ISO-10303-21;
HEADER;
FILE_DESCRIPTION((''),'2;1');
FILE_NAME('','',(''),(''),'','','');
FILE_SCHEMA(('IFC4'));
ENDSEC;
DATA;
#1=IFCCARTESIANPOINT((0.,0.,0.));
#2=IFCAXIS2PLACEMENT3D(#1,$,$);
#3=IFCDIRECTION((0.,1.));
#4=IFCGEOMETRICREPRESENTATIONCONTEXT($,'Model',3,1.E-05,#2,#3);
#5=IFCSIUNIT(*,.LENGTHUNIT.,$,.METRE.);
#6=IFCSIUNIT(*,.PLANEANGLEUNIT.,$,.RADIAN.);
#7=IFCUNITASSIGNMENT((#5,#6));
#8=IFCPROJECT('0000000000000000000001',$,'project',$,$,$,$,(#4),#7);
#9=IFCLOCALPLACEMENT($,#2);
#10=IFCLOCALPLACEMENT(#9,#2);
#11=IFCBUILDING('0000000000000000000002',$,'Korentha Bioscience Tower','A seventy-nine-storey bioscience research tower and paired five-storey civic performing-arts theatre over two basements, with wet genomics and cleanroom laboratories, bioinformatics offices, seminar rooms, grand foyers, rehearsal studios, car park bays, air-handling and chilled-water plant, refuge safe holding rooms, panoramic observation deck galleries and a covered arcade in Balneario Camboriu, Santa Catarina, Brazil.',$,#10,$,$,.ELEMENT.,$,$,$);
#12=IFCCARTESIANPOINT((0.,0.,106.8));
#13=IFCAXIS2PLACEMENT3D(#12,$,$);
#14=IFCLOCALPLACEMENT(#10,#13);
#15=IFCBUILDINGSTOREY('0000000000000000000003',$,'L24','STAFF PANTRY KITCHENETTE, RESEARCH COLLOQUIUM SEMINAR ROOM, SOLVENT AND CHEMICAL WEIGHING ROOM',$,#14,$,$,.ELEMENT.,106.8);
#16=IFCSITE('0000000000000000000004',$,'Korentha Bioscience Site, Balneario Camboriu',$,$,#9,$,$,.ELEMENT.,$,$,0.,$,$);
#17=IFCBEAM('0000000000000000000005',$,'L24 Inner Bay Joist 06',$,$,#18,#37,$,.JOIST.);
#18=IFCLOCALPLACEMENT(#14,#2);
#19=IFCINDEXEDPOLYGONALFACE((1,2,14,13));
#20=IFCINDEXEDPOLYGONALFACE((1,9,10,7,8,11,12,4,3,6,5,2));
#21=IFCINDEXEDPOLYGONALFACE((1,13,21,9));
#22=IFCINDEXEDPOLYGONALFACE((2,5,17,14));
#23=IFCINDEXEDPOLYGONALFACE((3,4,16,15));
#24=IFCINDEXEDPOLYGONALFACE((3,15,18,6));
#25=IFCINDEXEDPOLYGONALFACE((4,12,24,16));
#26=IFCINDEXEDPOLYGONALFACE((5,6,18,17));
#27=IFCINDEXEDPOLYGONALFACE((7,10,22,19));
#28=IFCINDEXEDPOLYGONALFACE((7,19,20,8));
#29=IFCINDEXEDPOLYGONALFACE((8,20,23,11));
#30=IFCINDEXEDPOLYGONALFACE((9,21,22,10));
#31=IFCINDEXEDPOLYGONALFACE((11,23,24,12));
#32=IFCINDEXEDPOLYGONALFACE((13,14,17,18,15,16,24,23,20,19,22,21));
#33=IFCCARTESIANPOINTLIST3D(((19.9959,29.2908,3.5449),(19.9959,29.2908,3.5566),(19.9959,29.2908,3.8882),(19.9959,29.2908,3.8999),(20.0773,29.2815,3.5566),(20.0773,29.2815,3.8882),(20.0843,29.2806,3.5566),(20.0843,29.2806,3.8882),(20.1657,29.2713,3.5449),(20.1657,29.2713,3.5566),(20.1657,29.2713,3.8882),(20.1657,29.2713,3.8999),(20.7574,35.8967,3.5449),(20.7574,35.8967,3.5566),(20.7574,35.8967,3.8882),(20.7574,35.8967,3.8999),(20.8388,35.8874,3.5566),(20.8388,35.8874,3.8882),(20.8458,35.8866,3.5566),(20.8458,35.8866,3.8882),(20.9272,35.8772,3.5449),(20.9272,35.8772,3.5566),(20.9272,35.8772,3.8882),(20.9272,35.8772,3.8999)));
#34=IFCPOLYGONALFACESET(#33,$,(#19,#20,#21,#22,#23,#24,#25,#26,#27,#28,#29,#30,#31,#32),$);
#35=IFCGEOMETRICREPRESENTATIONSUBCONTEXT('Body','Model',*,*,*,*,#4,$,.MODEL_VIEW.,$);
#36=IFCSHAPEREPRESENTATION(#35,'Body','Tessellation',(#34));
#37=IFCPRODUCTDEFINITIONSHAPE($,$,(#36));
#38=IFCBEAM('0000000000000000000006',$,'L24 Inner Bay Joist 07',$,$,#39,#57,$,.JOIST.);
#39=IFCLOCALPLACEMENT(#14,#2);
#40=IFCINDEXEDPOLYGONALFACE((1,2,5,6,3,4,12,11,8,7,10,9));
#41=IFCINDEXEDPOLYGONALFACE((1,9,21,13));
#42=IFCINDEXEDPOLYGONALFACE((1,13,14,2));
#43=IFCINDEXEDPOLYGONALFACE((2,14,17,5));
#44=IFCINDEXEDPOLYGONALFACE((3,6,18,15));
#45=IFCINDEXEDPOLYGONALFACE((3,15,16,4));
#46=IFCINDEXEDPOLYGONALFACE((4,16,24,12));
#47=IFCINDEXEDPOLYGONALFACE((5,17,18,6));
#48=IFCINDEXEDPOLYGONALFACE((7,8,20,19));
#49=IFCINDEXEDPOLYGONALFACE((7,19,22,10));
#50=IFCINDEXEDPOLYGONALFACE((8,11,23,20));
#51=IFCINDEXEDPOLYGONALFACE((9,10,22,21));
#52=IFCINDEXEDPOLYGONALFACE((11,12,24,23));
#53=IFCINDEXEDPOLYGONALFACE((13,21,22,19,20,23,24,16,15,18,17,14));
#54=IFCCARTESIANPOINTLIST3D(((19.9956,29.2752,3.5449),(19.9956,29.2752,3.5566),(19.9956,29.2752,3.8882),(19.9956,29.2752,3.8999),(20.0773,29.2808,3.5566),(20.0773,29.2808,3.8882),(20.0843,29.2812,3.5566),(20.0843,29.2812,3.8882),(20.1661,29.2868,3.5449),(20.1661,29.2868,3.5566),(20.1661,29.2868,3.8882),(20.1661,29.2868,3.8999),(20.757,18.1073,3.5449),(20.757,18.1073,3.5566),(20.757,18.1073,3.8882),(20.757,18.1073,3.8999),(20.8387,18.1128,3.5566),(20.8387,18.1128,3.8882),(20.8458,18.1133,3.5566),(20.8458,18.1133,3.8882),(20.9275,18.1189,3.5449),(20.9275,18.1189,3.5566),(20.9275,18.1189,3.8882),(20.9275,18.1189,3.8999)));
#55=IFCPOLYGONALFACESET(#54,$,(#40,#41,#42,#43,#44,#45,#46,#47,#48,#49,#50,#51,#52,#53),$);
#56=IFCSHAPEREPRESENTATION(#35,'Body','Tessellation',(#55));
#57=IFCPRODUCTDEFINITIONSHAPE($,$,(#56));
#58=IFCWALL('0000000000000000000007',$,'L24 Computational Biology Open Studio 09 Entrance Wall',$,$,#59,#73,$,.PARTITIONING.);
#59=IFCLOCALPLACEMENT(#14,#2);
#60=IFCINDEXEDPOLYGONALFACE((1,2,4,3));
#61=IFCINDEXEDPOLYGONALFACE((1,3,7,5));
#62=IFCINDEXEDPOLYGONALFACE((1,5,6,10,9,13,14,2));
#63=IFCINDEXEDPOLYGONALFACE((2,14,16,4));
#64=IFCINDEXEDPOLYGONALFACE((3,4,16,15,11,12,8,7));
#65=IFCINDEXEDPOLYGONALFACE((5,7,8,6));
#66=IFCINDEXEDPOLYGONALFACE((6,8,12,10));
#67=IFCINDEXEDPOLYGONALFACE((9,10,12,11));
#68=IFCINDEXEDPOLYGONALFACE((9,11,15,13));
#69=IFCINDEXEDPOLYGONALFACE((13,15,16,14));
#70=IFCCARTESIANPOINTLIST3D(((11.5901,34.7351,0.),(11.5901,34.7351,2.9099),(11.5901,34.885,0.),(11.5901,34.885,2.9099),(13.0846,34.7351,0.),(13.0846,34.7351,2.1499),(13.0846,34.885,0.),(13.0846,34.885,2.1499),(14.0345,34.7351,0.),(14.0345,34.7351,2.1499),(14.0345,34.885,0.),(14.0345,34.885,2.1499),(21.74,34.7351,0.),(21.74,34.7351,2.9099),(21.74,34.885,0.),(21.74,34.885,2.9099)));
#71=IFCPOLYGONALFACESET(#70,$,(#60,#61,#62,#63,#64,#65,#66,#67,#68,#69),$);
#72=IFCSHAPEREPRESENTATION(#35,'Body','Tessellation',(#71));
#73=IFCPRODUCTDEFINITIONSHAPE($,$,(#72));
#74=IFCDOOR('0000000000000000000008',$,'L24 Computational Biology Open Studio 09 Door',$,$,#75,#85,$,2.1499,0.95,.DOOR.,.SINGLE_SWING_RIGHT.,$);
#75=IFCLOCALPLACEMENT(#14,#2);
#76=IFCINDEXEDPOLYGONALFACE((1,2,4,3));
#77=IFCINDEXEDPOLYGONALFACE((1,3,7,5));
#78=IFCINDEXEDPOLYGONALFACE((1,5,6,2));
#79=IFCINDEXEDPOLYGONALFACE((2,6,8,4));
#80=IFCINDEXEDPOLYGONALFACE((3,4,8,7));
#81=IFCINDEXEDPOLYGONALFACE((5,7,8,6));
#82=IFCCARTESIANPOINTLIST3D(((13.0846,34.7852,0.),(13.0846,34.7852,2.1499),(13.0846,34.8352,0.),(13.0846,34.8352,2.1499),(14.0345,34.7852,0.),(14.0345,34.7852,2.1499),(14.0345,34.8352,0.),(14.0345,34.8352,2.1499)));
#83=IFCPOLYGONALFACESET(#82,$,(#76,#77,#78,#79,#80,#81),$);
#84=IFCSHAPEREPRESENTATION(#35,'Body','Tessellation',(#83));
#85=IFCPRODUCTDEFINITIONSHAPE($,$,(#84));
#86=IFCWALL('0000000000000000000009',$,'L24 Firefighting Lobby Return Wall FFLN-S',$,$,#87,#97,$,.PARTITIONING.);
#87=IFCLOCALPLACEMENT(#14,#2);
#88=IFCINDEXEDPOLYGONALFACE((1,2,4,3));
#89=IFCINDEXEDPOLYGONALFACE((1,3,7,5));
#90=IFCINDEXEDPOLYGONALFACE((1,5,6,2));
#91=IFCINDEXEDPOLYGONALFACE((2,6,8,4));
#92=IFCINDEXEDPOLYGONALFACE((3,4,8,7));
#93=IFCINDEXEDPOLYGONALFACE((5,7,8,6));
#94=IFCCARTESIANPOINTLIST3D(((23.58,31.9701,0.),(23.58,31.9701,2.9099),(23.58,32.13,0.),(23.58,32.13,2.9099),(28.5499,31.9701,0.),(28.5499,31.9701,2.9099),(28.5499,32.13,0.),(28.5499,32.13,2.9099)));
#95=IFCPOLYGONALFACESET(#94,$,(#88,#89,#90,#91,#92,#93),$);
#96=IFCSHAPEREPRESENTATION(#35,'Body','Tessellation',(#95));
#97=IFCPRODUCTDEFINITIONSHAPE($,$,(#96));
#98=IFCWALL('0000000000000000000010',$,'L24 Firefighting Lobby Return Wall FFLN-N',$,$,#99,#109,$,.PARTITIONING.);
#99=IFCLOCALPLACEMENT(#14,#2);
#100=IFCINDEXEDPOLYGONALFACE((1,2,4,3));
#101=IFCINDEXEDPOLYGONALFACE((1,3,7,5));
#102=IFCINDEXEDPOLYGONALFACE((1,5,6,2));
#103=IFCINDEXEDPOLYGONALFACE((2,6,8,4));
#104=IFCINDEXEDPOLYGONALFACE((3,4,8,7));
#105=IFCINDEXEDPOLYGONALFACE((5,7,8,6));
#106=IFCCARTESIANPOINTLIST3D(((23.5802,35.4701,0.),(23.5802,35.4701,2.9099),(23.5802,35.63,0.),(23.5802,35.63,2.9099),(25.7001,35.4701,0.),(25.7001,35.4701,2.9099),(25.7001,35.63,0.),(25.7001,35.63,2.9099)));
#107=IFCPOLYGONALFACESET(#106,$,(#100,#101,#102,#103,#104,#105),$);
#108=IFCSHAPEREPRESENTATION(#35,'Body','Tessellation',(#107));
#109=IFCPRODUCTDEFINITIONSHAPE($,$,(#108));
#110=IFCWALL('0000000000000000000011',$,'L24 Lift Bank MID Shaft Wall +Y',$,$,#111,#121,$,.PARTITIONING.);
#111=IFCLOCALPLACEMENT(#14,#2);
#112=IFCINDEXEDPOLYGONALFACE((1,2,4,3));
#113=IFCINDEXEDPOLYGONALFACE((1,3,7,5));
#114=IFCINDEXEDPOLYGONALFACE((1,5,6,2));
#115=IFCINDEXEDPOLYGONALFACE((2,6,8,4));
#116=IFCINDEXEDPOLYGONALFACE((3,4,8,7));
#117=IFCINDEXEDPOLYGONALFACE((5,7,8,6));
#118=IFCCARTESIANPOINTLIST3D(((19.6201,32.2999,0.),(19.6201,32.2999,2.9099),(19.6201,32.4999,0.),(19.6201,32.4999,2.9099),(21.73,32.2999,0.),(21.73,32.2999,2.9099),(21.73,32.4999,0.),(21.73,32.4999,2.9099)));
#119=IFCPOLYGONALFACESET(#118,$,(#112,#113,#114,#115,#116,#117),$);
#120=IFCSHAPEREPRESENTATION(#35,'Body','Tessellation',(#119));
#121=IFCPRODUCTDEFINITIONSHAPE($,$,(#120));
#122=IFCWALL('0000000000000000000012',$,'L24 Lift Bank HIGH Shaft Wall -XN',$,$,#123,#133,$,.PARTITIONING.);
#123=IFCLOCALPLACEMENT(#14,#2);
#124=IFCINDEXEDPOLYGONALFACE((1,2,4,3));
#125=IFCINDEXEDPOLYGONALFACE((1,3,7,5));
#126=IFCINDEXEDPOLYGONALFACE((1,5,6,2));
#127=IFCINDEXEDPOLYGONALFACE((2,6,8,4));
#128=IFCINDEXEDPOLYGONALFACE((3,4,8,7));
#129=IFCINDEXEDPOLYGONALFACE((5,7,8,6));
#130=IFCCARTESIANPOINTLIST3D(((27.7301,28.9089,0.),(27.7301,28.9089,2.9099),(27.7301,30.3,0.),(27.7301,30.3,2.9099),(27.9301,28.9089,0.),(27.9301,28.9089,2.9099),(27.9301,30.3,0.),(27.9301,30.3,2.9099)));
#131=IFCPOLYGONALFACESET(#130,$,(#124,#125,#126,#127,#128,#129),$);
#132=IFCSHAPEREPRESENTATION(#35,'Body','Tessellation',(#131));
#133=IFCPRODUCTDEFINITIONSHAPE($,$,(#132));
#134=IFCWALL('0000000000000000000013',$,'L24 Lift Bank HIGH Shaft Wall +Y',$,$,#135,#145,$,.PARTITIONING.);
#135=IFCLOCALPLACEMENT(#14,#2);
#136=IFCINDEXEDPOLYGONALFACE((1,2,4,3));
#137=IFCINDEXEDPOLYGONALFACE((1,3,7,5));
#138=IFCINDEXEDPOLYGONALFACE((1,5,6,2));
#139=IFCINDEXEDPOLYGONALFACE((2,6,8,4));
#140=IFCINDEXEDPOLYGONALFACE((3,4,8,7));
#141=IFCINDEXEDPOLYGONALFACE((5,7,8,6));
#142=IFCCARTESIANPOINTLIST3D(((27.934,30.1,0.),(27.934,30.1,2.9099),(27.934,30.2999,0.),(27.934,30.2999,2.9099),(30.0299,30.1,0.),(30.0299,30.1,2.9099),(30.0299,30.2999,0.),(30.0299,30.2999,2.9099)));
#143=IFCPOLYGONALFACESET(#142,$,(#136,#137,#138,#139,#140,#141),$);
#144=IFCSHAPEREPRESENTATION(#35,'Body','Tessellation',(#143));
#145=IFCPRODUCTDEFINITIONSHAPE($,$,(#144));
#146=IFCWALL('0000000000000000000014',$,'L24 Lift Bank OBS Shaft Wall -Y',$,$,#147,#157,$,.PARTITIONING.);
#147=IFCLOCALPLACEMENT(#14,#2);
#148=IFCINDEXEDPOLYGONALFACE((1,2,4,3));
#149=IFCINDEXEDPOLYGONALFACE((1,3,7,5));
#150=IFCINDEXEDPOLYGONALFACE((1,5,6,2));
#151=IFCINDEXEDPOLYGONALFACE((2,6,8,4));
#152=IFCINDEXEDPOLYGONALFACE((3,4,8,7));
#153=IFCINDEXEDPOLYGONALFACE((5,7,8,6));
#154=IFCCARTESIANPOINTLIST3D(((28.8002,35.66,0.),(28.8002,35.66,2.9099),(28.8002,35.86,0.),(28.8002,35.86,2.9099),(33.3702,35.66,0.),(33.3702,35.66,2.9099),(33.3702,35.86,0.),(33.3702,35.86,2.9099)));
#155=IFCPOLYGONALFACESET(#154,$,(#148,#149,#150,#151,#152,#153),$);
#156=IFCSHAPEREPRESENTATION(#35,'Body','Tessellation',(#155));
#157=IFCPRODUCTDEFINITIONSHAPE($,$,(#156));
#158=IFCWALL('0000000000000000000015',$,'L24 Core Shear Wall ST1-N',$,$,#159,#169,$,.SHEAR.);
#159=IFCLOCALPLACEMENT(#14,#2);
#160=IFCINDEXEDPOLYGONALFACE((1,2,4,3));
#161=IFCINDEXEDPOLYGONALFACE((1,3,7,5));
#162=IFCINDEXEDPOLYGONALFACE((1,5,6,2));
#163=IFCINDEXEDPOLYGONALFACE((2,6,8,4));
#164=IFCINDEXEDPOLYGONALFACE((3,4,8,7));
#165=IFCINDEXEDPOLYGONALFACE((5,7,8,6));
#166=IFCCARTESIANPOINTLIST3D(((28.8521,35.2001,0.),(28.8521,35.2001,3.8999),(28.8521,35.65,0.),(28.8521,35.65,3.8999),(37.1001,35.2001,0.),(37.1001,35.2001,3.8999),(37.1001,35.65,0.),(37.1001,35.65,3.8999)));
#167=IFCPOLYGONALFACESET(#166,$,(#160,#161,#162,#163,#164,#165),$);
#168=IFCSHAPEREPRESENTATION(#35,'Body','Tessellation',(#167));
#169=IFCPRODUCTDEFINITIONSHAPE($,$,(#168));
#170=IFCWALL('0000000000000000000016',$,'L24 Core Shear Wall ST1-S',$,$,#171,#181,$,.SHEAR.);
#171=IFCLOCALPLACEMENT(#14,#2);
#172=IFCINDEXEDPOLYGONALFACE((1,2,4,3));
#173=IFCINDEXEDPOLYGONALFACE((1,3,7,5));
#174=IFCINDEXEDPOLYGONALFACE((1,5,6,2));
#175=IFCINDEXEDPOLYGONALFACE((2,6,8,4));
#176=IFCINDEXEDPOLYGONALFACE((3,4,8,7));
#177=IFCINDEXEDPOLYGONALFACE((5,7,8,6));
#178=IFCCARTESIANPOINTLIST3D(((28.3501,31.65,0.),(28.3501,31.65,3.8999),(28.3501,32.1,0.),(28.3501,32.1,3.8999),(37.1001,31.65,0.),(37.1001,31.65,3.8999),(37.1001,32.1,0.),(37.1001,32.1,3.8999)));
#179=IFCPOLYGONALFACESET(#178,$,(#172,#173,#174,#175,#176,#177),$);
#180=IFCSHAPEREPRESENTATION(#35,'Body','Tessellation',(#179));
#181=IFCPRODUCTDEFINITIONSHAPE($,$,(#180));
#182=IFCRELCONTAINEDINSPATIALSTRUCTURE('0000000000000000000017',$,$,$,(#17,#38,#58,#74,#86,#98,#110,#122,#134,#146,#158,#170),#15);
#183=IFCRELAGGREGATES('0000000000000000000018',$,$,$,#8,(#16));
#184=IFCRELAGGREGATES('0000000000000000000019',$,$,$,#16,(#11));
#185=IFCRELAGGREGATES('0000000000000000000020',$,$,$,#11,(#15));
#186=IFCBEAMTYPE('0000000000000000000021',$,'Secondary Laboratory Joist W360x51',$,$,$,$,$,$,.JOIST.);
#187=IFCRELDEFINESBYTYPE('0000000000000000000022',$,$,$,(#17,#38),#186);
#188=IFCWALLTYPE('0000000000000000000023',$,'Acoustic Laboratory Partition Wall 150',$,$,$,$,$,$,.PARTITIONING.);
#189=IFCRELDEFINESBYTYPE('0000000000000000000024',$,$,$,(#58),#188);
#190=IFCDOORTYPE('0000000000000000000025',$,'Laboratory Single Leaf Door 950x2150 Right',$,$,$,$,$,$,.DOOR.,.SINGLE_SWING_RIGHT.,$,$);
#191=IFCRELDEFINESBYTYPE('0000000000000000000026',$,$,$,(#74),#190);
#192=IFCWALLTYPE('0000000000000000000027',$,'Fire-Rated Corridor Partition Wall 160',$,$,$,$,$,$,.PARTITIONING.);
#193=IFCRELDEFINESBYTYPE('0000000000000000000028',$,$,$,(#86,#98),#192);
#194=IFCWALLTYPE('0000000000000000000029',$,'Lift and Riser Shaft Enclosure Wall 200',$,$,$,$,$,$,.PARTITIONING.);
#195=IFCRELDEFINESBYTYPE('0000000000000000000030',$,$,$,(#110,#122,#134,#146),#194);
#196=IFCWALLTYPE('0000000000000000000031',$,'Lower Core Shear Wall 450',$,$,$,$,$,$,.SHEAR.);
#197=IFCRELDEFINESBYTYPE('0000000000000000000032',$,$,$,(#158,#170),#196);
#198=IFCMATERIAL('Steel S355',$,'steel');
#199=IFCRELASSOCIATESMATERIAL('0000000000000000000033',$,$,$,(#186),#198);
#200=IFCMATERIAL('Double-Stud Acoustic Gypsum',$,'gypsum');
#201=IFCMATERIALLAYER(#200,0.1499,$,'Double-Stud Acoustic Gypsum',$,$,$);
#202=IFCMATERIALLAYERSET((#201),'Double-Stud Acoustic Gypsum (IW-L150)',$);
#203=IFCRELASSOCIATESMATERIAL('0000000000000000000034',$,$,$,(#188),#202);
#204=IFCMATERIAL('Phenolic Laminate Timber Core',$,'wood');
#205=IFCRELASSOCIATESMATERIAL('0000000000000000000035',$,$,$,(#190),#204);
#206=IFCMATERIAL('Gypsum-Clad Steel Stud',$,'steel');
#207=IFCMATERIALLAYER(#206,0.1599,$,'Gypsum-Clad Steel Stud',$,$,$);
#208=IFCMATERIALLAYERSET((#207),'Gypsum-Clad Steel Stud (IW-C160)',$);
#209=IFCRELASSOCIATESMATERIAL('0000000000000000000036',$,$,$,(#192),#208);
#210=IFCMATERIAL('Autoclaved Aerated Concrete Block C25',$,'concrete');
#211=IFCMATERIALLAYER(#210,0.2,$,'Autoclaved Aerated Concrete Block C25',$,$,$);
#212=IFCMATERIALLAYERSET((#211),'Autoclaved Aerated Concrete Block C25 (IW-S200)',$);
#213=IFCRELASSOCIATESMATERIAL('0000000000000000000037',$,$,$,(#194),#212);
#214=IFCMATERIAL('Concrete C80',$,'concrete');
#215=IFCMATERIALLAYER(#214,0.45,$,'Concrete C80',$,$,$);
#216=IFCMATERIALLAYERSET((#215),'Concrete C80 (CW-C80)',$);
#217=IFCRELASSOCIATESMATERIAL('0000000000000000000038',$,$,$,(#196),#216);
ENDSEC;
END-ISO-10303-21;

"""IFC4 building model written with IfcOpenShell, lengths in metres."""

from ifc_helpers import new_model, si_unit, direction, frame, frame_2d, origin, origin_2d, place, context, subcontext, project, spatial, rectangle, i_section, extrude, material, layer, layer_set, material_profile, profile_set, type_object, element, fill, save


model = new_model("IFC4")

# Units and contexts
model_context = context("Model", 3, precision=1e-05, world=origin(), true_north=direction((0.0, 1.0)))
body_context = subcontext(model_context, "Body", "Model", "MODEL_VIEW")
ifc_project = project(units=[si_unit("LENGTHUNIT", "METRE"), si_unit("PLANEANGLEUNIT", "RADIAN")], contexts=[model_context])

# Site, building, storey
site_placement = place(None, origin())
site = spatial("IfcSite", under=ifc_project, at=site_placement, Name="Korentha Bioscience Site, Balneario Camboriu", CompositionType="ELEMENT", RefElevation=0.0)
building_placement = place(site_placement, origin())
building = spatial("IfcBuilding", under=site, at=building_placement, Name="Korentha Bioscience Tower", Description="A seventy-nine-storey bioscience research tower and paired five-storey civic performing-arts theatre over two basements, with wet genomics and cleanroom laboratories, bioinformatics offices, seminar rooms, grand foyers, rehearsal studios, car park bays, air-handling and chilled-water plant, refuge safe holding rooms, panoramic observation deck galleries and a covered arcade in Balneario Camboriu, Santa Catarina, Brazil.", CompositionType="ELEMENT")
storey_placement = place(building_placement, frame((0.0, 0.0, 106.8)))
storey = spatial("IfcBuildingStorey", under=building, at=storey_placement, Name="L24", Description="STAFF PANTRY KITCHENETTE, RESEARCH COLLOQUIUM SEMINAR ROOM, SOLVENT AND CHEMICAL WEIGHING ROOM", CompositionType="ELEMENT", Elevation=106.8)

# Beams
ifc_material_1 = material(Name="Steel S355", Category="steel")
ifc_material_profile_1 = material_profile(ifc_material_1, i_section(OverallWidth=0.1709, OverallDepth=0.355, WebThickness=0.0071, FlangeThickness=0.0117, at=origin_2d()), Name="Steel S355")
ifc_profile_set_1 = profile_set([ifc_material_profile_1], Name="Steel S355 (JB-360)")
beam_type_1 = type_object("IfcBeamType", Name="Secondary Laboratory Joist W360x51", PredefinedType="JOIST", material=ifc_profile_set_1)
beam_1_placement = place(storey_placement, frame((20.8423, 35.887, 3.7224), z_axis=(-0.114513, -0.993422, 0.0), x_axis=(0.993422, -0.114513, 0.0)))
element("IfcBeam", 1, at=beam_1_placement, inside=storey, type_object=beam_type_1, Name="L24 Inner Bay Joist 06", PredefinedType="JOIST", context=body_context, shape_type="SweptSolid", body=[
    extrude(i_section(OverallWidth=0.1709, OverallDepth=0.355, WebThickness=0.0071, FlangeThickness=0.0117, at=origin_2d()), origin(), (0.0, 0.0, 1.0), 6.6497),
])
beam_2_placement = place(storey_placement, frame((20.0808, 29.281, 3.7224), z_axis=(0.068026, -0.997684, 0.0), x_axis=(0.997684, 0.068026, 0.0)))
element("IfcBeam", 2, at=beam_2_placement, inside=storey, type_object=beam_type_1, Name="L24 Inner Bay Joist 07", PredefinedType="JOIST", context=body_context, shape_type="SweptSolid", body=[
    extrude(i_section(OverallWidth=0.1709, OverallDepth=0.355, WebThickness=0.0071, FlangeThickness=0.0117, at=origin_2d()), origin(), (0.0, 0.0, 1.0), 11.1938),
])

# Wall, opening, door
ifc_material_2 = material(Name="Double-Stud Acoustic Gypsum", Category="gypsum")
ifc_layer_1 = layer(ifc_material_2, 0.1499, Name="Double-Stud Acoustic Gypsum")
ifc_layer_set_1 = layer_set([ifc_layer_1], Name="Double-Stud Acoustic Gypsum (IW-L150)")
wall_type_1 = type_object("IfcWallType", Name="Acoustic Laboratory Partition Wall 150", PredefinedType="PARTITIONING", material=ifc_layer_set_1)
wall_1_placement = place(storey_placement, frame((21.74, 34.8101, 0.0), z_axis=(0.0, 0.0, 1.0), x_axis=(-1.0, 0.0, 0.0)))
wall_1 = element("IfcWall", 3, at=wall_1_placement, inside=storey, type_object=wall_type_1, Name="L24 Computational Biology Open Studio 09 Entrance Wall", PredefinedType="PARTITIONING", context=body_context, shape_type="SweptSolid", body=[
    extrude(rectangle(XDim=10.1499, YDim=0.1499, at=frame_2d((5.075, 0.0))), origin(), (0.0, 0.0, 1.0), 2.9099),
])
opening_1_placement = place(wall_1_placement, frame((7.7053, 0.0, 0.0)))
opening_1 = element("IfcOpeningElement", 4, at=opening_1_placement, cuts=wall_1, PredefinedType="OPENING", context=body_context, shape_type="SweptSolid", body=[
    extrude(rectangle(XDim=0.95, YDim=2.1499, at=frame_2d((0.4751, 1.075))), frame((0.0, 0.0898, 0.0), z_axis=(0.0, -1.0, 0.0), x_axis=(1.0, 0.0, 0.0)), (0.0, 0.0, 1.0), 0.1797),
])
ifc_material_3 = material(Name="Phenolic Laminate Timber Core", Category="wood")
door_type_1 = type_object("IfcDoorType", Name="Laboratory Single Leaf Door 950x2150 Right", OperationType="SINGLE_SWING_RIGHT", PredefinedType="DOOR", material=ifc_material_3)
door_1_placement = place(opening_1_placement, origin())
door_1 = element("IfcDoor", 5, at=door_1_placement, inside=storey, type_object=door_type_1, Name="L24 Computational Biology Open Studio 09 Door", OperationType="SINGLE_SWING_RIGHT", OverallHeight=2.1499, OverallWidth=0.95, PredefinedType="DOOR", context=body_context, shape_type="SweptSolid", body=[
    extrude(rectangle(XDim=0.95, YDim=2.1499, at=frame_2d((0.4751, 1.075))), frame((0.0, 0.0249, 0.0), z_axis=(0.0, -1.0, 0.0), x_axis=(1.0, 0.0, 0.0)), (0.0, 0.0, 1.0), 0.05),
])
fill(opening_1, door_1)
ifc_material_4 = material(Name="Gypsum-Clad Steel Stud", Category="steel")
ifc_layer_2 = layer(ifc_material_4, 0.1599, Name="Gypsum-Clad Steel Stud")
ifc_layer_set_2 = layer_set([ifc_layer_2], Name="Gypsum-Clad Steel Stud (IW-C160)")
wall_type_2 = type_object("IfcWallType", Name="Fire-Rated Corridor Partition Wall 160", PredefinedType="PARTITIONING", material=ifc_layer_set_2)

# Walls
wall_2_placement = place(storey_placement, frame((23.5801, 32.05, 0.0), z_axis=(0.0, 0.0, 1.0), x_axis=(1.0, 0.0, 0.0)))
element("IfcWall", 6, at=wall_2_placement, inside=storey, type_object=wall_type_2, Name="L24 Firefighting Lobby Return Wall FFLN-S", PredefinedType="PARTITIONING", context=body_context, shape_type="SweptSolid", body=[
    extrude(rectangle(XDim=4.97, YDim=0.1599, at=frame_2d((2.4849, 0.0))), origin(), (0.0, 0.0, 1.0), 2.9099),
])
wall_3_placement = place(storey_placement, frame((23.5801, 35.55, 0.0), z_axis=(0.0, 0.0, 1.0), x_axis=(1.0, 0.0, 0.0)))
element("IfcWall", 7, at=wall_3_placement, inside=storey, type_object=wall_type_2, Name="L24 Firefighting Lobby Return Wall FFLN-N", PredefinedType="PARTITIONING", context=body_context, shape_type="SweptSolid", body=[
    extrude(rectangle(XDim=2.1199, YDim=0.1599, at=frame_2d((1.0601, 0.0))), origin(), (0.0, 0.0, 1.0), 2.9099),
])
ifc_material_5 = material(Name="Autoclaved Aerated Concrete Block C25", Category="concrete")
ifc_layer_3 = layer(ifc_material_5, 0.2, Name="Autoclaved Aerated Concrete Block C25")
ifc_layer_set_3 = layer_set([ifc_layer_3], Name="Autoclaved Aerated Concrete Block C25 (IW-S200)")
wall_type_3 = type_object("IfcWallType", Name="Lift and Riser Shaft Enclosure Wall 200", PredefinedType="PARTITIONING", material=ifc_layer_set_3)
wall_4_placement = place(storey_placement, frame((19.6201, 32.3999, 0.0), z_axis=(0.0, 0.0, 1.0), x_axis=(1.0, 0.0, 0.0)))
element("IfcWall", 8, at=wall_4_placement, inside=storey, type_object=wall_type_3, Name="L24 Lift Bank MID Shaft Wall +Y", PredefinedType="PARTITIONING", context=body_context, shape_type="SweptSolid", body=[
    extrude(rectangle(XDim=2.1099, YDim=0.2, at=frame_2d((1.0549, 0.0))), origin(), (0.0, 0.0, 1.0), 2.9099),
])
wall_5_placement = place(storey_placement, frame((27.8301, 28.9089, 0.0), z_axis=(0.0, 0.0, 1.0), x_axis=(0.0, 1.0, 0.0)))
element("IfcWall", 9, at=wall_5_placement, inside=storey, type_object=wall_type_3, Name="L24 Lift Bank HIGH Shaft Wall -XN", PredefinedType="PARTITIONING", context=body_context, shape_type="SweptSolid", body=[
    extrude(rectangle(XDim=1.3911, YDim=0.2, at=frame_2d((0.6956, 0.0))), origin(), (0.0, 0.0, 1.0), 2.9099),
])
wall_6_placement = place(storey_placement, frame((27.9341, 30.2, 0.0), z_axis=(0.0, 0.0, 1.0), x_axis=(1.0, 0.0, 0.0)))
element("IfcWall", 10, at=wall_6_placement, inside=storey, type_object=wall_type_3, Name="L24 Lift Bank HIGH Shaft Wall +Y", PredefinedType="PARTITIONING", context=body_context, shape_type="SweptSolid", body=[
    extrude(rectangle(XDim=2.0959, YDim=0.2, at=frame_2d((1.0479, 0.0))), origin(), (0.0, 0.0, 1.0), 2.9099),
])
wall_7_placement = place(storey_placement, frame((28.8, 35.76, 0.0), z_axis=(0.0, 0.0, 1.0), x_axis=(1.0, 0.0, 0.0)))
element("IfcWall", 11, at=wall_7_placement, inside=storey, type_object=wall_type_3, Name="L24 Lift Bank OBS Shaft Wall -Y", PredefinedType="PARTITIONING", context=body_context, shape_type="SweptSolid", body=[
    extrude(rectangle(XDim=4.5701, YDim=0.2, at=frame_2d((2.2852, 0.0))), origin(), (0.0, 0.0, 1.0), 2.9099),
])
ifc_material_6 = material(Name="Concrete C80", Category="concrete")
ifc_layer_4 = layer(ifc_material_6, 0.45, Name="Concrete C80")
ifc_layer_set_4 = layer_set([ifc_layer_4], Name="Concrete C80 (CW-C80)")
wall_type_4 = type_object("IfcWallType", Name="Lower Core Shear Wall 450", PredefinedType="SHEAR", material=ifc_layer_set_4)
wall_8_placement = place(storey_placement, frame((28.8521, 35.425, 0.0), z_axis=(0.0, 0.0, 1.0), x_axis=(1.0, 0.0, 0.0)))
element("IfcWall", 12, at=wall_8_placement, inside=storey, type_object=wall_type_4, Name="L24 Core Shear Wall ST1-N", PredefinedType="SHEAR", context=body_context, shape_type="SweptSolid", body=[
    extrude(rectangle(XDim=8.248, YDim=0.45, at=frame_2d((4.124, 0.0))), origin(), (0.0, 0.0, 1.0), 3.8999),
])
wall_9_placement = place(storey_placement, frame((28.3501, 31.875, 0.0), z_axis=(0.0, 0.0, 1.0), x_axis=(1.0, 0.0, 0.0)))
element("IfcWall", 13, at=wall_9_placement, inside=storey, type_object=wall_type_4, Name="L24 Core Shear Wall ST1-S", PredefinedType="SHEAR", context=body_context, shape_type="SweptSolid", body=[
    extrude(rectangle(XDim=8.75, YDim=0.45, at=frame_2d((4.375, 0.0))), origin(), (0.0, 0.0, 1.0), 3.8999),
])

save(model, "model.ifc")
